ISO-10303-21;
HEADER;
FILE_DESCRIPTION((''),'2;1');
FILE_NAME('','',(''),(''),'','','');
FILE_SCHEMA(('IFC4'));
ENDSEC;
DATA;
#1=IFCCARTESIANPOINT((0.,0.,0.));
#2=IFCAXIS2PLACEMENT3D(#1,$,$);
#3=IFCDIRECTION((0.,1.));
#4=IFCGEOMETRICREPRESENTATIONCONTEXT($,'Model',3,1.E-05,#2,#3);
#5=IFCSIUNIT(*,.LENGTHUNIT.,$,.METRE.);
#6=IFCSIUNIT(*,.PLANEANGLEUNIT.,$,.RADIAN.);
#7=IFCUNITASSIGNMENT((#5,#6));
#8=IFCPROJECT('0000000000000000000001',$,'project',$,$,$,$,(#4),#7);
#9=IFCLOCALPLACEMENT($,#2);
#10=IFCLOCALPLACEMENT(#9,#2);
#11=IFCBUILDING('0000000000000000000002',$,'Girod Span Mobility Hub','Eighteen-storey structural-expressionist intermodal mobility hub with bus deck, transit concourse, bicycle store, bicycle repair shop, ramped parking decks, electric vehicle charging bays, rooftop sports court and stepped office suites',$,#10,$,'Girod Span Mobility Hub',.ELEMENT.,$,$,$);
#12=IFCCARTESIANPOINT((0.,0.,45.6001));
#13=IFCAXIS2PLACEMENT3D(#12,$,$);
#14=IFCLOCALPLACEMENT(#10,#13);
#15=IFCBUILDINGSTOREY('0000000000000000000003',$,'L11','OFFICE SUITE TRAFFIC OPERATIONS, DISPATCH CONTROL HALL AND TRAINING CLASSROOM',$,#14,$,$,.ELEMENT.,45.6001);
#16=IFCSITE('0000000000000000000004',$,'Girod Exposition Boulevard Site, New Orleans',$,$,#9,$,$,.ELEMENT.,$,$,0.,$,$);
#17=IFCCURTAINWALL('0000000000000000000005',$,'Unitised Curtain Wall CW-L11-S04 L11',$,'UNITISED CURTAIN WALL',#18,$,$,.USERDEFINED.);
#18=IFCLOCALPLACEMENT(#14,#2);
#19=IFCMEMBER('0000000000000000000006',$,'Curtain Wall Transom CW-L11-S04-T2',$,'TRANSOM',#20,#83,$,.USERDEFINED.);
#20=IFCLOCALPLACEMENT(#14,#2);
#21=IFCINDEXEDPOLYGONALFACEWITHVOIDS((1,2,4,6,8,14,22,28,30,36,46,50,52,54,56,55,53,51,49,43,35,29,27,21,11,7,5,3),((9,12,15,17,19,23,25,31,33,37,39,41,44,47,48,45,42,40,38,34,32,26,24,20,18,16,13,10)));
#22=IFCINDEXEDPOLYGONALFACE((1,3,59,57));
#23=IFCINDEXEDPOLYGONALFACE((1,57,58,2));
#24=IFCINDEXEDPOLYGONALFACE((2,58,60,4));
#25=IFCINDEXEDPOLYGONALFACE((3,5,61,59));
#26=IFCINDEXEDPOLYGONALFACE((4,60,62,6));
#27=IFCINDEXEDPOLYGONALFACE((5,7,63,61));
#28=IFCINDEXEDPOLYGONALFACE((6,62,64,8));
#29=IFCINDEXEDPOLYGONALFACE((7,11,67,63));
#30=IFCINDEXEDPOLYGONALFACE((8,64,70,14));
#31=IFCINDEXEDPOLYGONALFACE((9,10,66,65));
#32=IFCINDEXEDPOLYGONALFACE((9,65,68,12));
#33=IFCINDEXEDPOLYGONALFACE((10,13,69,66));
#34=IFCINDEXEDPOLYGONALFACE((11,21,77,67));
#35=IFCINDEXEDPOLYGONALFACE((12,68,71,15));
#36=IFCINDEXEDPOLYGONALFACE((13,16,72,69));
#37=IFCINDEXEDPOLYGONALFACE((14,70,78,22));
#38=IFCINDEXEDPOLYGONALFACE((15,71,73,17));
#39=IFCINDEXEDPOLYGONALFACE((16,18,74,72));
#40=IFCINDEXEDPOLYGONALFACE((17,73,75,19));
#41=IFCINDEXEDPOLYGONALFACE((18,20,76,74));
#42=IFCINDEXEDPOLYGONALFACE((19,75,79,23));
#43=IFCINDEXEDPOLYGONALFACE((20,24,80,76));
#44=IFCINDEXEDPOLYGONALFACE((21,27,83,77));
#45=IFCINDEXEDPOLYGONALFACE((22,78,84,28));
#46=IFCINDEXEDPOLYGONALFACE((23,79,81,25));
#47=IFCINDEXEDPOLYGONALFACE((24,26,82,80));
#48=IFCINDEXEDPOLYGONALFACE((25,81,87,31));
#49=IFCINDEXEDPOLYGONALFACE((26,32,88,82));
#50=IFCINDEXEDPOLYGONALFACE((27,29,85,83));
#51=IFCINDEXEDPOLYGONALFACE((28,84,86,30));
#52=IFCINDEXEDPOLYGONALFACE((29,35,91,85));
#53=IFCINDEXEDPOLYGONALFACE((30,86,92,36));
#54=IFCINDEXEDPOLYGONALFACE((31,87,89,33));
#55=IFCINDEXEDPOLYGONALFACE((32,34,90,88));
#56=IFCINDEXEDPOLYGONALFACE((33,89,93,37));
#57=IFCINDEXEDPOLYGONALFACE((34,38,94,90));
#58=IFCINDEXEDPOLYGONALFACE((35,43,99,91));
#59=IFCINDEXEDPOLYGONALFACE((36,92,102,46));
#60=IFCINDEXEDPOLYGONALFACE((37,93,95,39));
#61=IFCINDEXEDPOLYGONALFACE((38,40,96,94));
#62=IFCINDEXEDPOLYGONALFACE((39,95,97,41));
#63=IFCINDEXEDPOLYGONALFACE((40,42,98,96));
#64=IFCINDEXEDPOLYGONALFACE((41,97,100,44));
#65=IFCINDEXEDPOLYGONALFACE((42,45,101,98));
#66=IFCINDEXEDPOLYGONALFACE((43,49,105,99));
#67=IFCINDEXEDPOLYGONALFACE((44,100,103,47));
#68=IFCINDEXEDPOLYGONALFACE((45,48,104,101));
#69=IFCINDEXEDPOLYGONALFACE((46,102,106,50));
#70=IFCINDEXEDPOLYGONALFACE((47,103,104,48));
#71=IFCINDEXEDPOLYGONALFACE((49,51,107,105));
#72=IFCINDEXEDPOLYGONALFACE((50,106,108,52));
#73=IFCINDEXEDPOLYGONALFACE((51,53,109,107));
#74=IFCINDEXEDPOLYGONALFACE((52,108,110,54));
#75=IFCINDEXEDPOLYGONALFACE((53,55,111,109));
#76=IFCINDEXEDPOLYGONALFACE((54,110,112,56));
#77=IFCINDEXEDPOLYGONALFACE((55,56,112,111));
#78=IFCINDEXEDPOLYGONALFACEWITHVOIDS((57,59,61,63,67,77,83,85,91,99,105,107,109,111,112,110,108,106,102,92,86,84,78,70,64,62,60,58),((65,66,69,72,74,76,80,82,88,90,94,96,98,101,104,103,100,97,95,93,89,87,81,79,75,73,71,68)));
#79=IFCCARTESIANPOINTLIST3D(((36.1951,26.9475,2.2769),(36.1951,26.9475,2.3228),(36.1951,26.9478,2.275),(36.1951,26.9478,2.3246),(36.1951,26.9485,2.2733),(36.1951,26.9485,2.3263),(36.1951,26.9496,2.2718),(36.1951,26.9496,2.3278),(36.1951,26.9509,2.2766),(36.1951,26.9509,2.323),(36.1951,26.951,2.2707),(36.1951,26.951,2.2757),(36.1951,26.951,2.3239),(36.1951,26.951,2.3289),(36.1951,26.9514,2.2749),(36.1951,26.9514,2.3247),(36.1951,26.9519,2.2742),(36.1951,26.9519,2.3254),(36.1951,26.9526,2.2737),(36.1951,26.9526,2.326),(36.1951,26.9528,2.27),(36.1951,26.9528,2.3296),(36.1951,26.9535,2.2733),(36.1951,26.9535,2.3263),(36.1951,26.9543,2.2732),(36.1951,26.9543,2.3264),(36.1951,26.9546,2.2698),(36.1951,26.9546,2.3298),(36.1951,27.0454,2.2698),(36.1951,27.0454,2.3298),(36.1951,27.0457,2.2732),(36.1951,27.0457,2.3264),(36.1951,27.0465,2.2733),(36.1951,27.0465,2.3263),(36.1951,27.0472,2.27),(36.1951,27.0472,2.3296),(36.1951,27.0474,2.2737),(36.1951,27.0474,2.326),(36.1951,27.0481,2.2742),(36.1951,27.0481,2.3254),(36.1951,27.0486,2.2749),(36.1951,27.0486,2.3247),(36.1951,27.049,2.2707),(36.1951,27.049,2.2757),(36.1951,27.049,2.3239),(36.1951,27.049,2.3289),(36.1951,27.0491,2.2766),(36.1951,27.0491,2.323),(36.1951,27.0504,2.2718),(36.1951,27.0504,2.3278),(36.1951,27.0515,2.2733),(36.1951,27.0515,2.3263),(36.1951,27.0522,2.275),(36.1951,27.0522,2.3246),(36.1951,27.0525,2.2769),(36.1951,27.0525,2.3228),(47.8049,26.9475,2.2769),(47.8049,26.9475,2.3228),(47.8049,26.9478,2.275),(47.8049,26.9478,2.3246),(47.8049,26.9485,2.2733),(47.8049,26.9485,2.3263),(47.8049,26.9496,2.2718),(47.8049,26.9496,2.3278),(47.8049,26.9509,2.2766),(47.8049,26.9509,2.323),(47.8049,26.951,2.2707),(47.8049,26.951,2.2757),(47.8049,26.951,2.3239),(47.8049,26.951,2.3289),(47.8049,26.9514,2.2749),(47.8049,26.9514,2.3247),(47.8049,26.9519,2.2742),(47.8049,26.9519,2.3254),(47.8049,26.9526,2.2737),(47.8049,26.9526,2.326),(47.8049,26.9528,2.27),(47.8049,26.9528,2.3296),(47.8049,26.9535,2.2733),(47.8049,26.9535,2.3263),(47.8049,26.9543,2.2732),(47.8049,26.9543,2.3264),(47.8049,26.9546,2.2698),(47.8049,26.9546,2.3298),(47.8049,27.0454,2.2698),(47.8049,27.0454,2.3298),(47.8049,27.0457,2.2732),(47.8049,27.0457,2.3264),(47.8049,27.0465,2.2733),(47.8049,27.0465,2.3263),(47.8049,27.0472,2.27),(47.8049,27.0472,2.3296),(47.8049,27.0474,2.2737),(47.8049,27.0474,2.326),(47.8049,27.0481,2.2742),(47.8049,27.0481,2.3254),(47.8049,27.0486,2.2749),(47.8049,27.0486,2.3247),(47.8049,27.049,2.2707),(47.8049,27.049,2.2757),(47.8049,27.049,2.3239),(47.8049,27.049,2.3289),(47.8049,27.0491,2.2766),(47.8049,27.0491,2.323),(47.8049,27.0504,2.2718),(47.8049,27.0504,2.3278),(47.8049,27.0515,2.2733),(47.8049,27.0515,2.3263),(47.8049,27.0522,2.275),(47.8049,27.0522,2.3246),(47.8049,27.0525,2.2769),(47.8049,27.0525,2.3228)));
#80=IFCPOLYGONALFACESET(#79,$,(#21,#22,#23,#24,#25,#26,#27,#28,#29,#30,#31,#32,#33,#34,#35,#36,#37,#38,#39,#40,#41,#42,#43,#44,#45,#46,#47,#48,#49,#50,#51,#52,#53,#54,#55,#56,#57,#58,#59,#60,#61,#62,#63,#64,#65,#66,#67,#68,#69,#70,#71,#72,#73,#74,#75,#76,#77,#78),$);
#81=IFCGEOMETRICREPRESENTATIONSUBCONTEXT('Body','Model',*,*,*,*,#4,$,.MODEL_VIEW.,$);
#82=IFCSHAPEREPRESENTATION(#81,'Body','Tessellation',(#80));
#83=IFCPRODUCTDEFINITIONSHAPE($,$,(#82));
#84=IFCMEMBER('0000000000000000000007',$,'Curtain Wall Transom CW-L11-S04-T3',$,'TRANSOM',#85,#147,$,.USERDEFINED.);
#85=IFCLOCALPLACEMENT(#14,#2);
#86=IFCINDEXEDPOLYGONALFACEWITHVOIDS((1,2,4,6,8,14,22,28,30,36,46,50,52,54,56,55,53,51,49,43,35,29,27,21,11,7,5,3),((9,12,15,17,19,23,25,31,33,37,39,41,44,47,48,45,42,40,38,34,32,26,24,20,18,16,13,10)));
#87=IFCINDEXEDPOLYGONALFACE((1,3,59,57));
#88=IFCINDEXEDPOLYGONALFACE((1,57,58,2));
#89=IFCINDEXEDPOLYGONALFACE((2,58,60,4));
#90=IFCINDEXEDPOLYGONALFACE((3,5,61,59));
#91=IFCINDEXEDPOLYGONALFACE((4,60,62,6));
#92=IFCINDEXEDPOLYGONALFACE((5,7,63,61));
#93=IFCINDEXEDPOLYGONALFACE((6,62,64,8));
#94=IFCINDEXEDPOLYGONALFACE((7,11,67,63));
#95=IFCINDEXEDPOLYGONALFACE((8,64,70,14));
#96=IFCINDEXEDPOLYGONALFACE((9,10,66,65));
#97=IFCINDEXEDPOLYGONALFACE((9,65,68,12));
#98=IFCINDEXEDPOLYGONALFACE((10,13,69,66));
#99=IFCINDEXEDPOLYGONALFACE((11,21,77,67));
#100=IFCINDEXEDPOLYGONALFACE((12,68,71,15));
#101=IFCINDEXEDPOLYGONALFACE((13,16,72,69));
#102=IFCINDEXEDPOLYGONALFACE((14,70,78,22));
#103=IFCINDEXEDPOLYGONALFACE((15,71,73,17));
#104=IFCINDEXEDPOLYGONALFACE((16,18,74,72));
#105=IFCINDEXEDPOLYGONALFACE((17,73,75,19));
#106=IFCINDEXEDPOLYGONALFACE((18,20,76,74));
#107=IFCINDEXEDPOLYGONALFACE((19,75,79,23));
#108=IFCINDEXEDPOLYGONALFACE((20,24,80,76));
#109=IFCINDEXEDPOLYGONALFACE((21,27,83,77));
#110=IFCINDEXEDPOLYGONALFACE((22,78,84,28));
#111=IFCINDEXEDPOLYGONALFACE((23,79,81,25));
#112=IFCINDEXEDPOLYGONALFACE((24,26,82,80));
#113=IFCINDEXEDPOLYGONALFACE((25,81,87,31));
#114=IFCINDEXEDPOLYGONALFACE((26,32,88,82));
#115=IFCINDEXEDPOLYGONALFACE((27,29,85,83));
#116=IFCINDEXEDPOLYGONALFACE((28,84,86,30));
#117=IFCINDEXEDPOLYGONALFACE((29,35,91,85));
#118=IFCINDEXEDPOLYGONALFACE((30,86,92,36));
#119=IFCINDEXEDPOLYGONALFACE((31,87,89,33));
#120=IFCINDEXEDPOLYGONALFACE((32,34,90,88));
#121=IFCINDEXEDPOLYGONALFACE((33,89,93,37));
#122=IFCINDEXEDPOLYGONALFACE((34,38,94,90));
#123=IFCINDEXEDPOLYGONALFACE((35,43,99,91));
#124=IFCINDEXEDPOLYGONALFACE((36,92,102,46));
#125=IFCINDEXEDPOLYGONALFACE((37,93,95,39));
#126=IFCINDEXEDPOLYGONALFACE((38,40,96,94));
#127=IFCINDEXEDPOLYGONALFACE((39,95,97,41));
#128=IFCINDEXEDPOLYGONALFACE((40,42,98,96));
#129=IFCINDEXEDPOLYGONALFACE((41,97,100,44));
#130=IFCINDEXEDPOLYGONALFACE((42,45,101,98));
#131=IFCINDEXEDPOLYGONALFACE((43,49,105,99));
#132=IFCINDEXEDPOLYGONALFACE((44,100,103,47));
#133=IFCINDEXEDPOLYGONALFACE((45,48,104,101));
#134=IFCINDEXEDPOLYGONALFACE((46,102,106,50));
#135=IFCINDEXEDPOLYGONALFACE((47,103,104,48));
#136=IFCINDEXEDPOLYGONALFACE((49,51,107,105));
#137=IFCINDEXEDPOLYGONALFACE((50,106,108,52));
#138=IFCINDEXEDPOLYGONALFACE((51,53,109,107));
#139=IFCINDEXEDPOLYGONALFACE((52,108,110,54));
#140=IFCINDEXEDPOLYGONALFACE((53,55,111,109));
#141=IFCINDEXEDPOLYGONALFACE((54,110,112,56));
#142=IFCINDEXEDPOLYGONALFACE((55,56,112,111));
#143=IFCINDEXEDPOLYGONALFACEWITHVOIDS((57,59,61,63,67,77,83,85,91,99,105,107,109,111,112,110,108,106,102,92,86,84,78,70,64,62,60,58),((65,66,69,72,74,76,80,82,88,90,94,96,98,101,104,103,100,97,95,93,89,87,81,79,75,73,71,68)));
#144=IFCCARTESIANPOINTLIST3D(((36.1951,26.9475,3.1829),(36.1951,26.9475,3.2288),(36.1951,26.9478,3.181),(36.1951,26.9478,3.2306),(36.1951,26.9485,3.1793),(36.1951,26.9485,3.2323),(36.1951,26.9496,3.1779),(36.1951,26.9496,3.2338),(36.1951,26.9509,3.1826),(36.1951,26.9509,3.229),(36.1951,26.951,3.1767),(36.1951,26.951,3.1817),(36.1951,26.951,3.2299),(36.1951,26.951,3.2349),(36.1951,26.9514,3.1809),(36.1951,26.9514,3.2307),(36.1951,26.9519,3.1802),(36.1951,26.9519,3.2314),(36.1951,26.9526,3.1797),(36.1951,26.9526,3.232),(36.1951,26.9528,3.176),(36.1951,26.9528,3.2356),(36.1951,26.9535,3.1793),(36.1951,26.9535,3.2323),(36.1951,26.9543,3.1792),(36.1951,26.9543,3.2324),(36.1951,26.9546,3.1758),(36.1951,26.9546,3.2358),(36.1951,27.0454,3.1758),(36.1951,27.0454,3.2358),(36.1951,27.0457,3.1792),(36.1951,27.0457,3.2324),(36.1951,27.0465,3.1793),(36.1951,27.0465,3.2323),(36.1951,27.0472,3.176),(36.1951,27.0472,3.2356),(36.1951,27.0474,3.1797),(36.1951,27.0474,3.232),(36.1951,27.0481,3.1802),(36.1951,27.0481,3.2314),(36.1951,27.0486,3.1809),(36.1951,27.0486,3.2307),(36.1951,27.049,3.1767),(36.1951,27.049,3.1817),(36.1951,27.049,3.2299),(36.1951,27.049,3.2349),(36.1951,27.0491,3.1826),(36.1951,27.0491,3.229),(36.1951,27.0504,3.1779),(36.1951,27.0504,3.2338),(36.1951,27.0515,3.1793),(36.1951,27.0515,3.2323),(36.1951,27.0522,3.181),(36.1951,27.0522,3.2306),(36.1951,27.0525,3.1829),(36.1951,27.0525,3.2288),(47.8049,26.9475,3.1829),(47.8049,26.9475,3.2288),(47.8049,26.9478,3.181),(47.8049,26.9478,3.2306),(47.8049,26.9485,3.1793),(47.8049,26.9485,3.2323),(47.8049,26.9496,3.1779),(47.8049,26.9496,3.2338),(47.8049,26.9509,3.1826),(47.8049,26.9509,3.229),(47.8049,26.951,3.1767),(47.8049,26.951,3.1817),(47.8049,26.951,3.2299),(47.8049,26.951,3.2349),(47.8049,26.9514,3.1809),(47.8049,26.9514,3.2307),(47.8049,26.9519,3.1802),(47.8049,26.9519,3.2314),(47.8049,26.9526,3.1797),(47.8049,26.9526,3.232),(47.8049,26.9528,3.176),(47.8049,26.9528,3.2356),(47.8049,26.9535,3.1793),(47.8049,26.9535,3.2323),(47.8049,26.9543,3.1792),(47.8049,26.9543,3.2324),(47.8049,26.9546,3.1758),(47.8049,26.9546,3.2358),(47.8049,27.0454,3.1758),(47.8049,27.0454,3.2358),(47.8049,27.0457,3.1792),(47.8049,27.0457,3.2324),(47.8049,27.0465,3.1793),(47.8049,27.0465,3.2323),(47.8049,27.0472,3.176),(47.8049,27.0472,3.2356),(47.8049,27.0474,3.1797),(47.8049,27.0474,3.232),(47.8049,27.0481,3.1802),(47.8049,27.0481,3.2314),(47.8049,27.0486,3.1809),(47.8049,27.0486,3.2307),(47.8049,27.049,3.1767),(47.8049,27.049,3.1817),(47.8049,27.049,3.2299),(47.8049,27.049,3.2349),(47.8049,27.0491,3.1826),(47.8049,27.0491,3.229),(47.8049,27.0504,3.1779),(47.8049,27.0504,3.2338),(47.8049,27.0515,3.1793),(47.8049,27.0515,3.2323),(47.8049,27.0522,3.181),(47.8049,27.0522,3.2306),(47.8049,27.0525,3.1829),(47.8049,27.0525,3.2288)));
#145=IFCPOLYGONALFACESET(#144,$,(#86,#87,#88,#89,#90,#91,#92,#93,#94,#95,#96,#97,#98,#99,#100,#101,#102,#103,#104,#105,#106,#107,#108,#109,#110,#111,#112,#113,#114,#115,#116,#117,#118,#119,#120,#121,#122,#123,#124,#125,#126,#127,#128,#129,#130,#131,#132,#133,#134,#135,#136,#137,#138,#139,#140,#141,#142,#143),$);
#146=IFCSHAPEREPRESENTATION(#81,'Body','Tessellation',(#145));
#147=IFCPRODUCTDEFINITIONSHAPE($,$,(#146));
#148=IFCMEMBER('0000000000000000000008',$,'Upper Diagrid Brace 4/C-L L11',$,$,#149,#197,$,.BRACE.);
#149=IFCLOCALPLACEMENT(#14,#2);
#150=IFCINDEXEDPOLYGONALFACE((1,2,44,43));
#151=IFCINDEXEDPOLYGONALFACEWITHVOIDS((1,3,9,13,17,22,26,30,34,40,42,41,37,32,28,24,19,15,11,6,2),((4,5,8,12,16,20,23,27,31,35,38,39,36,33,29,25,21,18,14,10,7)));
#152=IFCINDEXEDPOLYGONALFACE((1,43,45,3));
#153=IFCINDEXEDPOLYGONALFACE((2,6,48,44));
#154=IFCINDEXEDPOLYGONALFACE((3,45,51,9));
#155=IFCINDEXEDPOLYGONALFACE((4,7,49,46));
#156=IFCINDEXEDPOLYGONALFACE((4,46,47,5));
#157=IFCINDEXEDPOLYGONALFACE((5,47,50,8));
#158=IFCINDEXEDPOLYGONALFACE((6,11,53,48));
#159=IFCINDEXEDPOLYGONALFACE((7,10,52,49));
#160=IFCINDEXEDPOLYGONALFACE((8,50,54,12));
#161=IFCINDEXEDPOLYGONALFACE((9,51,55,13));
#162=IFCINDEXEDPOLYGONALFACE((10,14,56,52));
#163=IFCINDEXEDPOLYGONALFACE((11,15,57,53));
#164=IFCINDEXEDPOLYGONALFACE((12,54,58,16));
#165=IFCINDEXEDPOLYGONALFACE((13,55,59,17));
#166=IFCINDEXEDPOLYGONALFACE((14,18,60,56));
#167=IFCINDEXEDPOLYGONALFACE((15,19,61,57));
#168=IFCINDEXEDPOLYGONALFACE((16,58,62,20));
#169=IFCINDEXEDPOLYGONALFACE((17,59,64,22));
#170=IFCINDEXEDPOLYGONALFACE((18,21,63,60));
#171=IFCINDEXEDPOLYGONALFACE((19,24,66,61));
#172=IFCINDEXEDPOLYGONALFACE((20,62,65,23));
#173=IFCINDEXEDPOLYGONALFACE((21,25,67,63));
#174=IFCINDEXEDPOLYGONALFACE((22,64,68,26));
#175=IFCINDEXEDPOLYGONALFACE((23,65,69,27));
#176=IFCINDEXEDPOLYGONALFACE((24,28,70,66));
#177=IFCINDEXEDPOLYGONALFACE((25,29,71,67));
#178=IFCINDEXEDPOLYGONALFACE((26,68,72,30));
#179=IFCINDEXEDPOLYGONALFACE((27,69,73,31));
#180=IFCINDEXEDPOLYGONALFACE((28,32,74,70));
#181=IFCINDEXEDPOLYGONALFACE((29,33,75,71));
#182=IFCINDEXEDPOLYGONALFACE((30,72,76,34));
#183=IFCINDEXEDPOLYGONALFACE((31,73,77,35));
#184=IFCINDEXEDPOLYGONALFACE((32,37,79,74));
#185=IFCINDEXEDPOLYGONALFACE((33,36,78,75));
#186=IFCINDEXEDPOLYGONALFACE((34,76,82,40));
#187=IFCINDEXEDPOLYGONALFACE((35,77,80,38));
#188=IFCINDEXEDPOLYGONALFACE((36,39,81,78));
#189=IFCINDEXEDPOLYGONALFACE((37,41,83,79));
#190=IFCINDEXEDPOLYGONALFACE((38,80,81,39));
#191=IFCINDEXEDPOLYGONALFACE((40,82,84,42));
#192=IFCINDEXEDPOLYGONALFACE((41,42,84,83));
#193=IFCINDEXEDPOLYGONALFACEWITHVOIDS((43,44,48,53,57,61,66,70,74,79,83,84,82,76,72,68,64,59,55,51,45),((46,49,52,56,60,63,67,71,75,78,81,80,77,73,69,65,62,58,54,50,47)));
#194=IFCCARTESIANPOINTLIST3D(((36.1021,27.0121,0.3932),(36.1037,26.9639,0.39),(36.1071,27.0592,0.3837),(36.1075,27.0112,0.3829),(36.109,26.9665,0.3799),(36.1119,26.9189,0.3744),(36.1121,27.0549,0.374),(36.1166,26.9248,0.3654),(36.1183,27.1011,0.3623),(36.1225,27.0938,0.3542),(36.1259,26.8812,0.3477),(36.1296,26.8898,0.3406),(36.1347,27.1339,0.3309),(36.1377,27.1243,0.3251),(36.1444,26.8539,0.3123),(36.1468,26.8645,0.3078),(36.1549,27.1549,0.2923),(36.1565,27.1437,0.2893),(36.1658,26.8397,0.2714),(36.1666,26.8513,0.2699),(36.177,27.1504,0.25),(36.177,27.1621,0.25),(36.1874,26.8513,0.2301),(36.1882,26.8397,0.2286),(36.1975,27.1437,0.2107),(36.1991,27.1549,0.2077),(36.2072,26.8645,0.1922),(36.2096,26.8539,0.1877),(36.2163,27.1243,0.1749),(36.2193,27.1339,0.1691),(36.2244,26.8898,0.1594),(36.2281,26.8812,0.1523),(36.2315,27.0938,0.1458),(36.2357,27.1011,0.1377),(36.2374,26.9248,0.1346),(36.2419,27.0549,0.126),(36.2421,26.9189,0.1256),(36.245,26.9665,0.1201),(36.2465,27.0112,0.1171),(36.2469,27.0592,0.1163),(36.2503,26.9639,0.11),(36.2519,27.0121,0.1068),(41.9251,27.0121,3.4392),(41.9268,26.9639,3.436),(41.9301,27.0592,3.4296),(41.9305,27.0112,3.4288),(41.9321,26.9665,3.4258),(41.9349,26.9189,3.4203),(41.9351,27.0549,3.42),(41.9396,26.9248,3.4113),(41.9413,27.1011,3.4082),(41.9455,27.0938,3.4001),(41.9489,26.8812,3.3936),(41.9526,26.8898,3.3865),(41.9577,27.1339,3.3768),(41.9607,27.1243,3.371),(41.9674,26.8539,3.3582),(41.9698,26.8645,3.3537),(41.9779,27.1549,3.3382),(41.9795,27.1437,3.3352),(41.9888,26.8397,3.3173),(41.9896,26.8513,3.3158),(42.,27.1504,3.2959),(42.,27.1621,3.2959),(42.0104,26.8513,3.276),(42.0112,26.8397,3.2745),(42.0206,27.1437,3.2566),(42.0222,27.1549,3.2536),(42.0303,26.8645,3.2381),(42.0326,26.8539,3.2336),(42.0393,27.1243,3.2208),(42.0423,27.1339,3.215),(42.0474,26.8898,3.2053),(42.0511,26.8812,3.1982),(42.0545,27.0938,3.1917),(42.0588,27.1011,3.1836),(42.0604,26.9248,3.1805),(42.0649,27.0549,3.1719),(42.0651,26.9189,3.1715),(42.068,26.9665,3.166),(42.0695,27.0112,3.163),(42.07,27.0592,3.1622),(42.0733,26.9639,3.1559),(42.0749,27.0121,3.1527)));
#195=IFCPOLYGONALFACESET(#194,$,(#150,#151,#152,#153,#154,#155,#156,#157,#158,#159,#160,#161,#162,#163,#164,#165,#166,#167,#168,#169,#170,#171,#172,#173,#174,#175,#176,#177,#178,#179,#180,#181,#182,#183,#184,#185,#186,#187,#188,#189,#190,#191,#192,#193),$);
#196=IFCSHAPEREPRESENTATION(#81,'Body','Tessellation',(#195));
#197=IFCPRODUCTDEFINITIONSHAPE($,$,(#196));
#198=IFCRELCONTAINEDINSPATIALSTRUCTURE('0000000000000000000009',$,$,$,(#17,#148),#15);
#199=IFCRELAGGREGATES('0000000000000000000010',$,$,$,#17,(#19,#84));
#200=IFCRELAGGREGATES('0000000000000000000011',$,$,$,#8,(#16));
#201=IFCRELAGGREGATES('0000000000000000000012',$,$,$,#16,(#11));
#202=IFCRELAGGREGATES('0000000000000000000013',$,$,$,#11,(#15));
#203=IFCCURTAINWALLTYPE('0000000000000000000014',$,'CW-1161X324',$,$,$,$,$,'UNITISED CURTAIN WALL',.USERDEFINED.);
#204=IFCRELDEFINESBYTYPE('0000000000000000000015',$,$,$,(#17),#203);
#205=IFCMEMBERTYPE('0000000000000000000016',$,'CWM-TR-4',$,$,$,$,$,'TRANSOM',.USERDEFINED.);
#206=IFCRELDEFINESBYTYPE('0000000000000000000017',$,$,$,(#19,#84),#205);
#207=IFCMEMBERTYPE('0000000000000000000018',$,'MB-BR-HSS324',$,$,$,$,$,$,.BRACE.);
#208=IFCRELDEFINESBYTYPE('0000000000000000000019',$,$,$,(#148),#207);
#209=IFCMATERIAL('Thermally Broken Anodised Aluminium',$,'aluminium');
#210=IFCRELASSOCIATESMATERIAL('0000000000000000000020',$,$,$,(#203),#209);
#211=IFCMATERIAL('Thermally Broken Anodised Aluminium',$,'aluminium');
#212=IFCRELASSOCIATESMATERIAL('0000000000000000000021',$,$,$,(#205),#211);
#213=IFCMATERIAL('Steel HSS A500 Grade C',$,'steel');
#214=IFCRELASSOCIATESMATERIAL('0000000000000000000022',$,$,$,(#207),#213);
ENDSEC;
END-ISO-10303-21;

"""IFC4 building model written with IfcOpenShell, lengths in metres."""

from ifc_helpers import new_model, si_unit, direction, frame, origin, origin_2d, place, context, subcontext, project, spatial, hollow_rectangle, hollow_circle, extrude, material, material_profile, profile_set, type_object, element, aggregate, save


model = new_model("IFC4")

# Units and contexts
model_context = context("Model", 3, precision=1e-05, world=origin(), true_north=direction((0.0, 1.0)))
body_context = subcontext(model_context, "Body", "Model", "MODEL_VIEW")
ifc_project = project(units=[si_unit("LENGTHUNIT", "METRE"), si_unit("PLANEANGLEUNIT", "RADIAN")], contexts=[model_context])

# Site, building, storey
site_placement = place(None, origin())
site = spatial("IfcSite", under=ifc_project, at=site_placement, Name="Girod Exposition Boulevard Site, New Orleans", CompositionType="ELEMENT", RefElevation=0.0)
building_placement = place(site_placement, origin())
building = spatial("IfcBuilding", under=site, at=building_placement, Name="Girod Span Mobility Hub", Description="Eighteen-storey structural-expressionist intermodal mobility hub with bus deck, transit concourse, bicycle store, bicycle repair shop, ramped parking decks, electric vehicle charging bays, rooftop sports court and stepped office suites", LongName="Girod Span Mobility Hub", CompositionType="ELEMENT")
storey_placement = place(building_placement, frame((0.0, 0.0, 45.6001)))
storey = spatial("IfcBuildingStorey", under=building, at=storey_placement, Name="L11", Description="OFFICE SUITE TRAFFIC OPERATIONS, DISPATCH CONTROL HALL AND TRAINING CLASSROOM", CompositionType="ELEMENT", Elevation=45.6001)

# Curtain wall, members
ifc_material_1 = material(Name="Thermally Broken Anodised Aluminium", Category="aluminium")
curtain_wall_type = type_object("IfcCurtainWallType", Name="CW-1161X324", ElementType="UNITISED CURTAIN WALL", PredefinedType="USERDEFINED", material=ifc_material_1)
curtain_wall_placement = place(storey_placement, origin())
curtain_wall = element("IfcCurtainWall", 1, at=curtain_wall_placement, inside=storey, type_object=curtain_wall_type, Name="Unitised Curtain Wall CW-L11-S04 L11", ObjectType="UNITISED CURTAIN WALL", PredefinedType="USERDEFINED")
ifc_material_2 = material(Name="Thermally Broken Anodised Aluminium", Category="aluminium")
ifc_material_profile_1 = material_profile(ifc_material_2, hollow_rectangle(XDim=0.105, YDim=0.0601, WallThickness=0.0034, InnerFilletRadius=0.0034, OuterFilletRadius=0.0071, at=origin_2d()), Name="CW-TR-60X105")
ifc_profile_set_1 = profile_set([ifc_material_profile_1], Name="Thermally Broken Anodised Aluminium")
member_type_1 = type_object("IfcMemberType", Name="CWM-TR-4", ElementType="TRANSOM", PredefinedType="USERDEFINED", material=ifc_profile_set_1)
member_1_placement = place(storey_placement, frame((36.1951, 27.0, 2.2998), z_axis=(1.0, 0.0, 0.0), x_axis=(0.0, 1.0, 0.0)))
member_1 = element("IfcMember", 2, at=member_1_placement, type_object=member_type_1, Name="Curtain Wall Transom CW-L11-S04-T2", ObjectType="TRANSOM", PredefinedType="USERDEFINED", context=body_context, shape_type="SweptSolid", body=[
    extrude(hollow_rectangle(XDim=0.105, YDim=0.0601, WallThickness=0.0034, InnerFilletRadius=0.0034, OuterFilletRadius=0.0071, at=origin_2d()), origin(), (0.0, 0.0, 1.0), 11.6099),
])
member_2_placement = place(storey_placement, frame((36.1951, 27.0, 3.2058), z_axis=(1.0, 0.0, 0.0), x_axis=(0.0, 1.0, 0.0)))
member_2 = element("IfcMember", 3, at=member_2_placement, type_object=member_type_1, Name="Curtain Wall Transom CW-L11-S04-T3", ObjectType="TRANSOM", PredefinedType="USERDEFINED", context=body_context, shape_type="SweptSolid", body=[
    extrude(hollow_rectangle(XDim=0.105, YDim=0.0601, WallThickness=0.0034, InnerFilletRadius=0.0034, OuterFilletRadius=0.0071, at=origin_2d()), origin(), (0.0, 0.0, 1.0), 11.6099),
])
aggregate(curtain_wall, [member_1, member_2])

# Member
ifc_material_3 = material(Name="Steel HSS A500 Grade C", Category="steel")
ifc_material_profile_2 = material_profile(ifc_material_3, hollow_circle(Radius=0.1621, WallThickness=0.0117, at=origin_2d()), Name="HSS324X12.7")
ifc_profile_set_2 = profile_set([ifc_material_profile_2], Name="Steel HSS A500 Grade C")
member_type_2 = type_object("IfcMemberType", Name="MB-BR-HSS324", PredefinedType="BRACE", material=ifc_profile_set_2)
member_3_placement = place(storey_placement, frame((36.177, 27.0, 0.25), z_axis=(0.886097, 0.0, 0.4635), x_axis=(0.0, 1.0, 0.0)))
element("IfcMember", 4, at=member_3_placement, inside=storey, type_object=member_type_2, Name="Upper Diagrid Brace 4/C-L L11", PredefinedType="BRACE", context=body_context, shape_type="SweptSolid", body=[
    extrude(hollow_circle(Radius=0.1621, WallThickness=0.0117, at=origin_2d()), origin(), (0.0, 0.0, 1.0), 6.5715),
])

save(model, "model.ifc")
